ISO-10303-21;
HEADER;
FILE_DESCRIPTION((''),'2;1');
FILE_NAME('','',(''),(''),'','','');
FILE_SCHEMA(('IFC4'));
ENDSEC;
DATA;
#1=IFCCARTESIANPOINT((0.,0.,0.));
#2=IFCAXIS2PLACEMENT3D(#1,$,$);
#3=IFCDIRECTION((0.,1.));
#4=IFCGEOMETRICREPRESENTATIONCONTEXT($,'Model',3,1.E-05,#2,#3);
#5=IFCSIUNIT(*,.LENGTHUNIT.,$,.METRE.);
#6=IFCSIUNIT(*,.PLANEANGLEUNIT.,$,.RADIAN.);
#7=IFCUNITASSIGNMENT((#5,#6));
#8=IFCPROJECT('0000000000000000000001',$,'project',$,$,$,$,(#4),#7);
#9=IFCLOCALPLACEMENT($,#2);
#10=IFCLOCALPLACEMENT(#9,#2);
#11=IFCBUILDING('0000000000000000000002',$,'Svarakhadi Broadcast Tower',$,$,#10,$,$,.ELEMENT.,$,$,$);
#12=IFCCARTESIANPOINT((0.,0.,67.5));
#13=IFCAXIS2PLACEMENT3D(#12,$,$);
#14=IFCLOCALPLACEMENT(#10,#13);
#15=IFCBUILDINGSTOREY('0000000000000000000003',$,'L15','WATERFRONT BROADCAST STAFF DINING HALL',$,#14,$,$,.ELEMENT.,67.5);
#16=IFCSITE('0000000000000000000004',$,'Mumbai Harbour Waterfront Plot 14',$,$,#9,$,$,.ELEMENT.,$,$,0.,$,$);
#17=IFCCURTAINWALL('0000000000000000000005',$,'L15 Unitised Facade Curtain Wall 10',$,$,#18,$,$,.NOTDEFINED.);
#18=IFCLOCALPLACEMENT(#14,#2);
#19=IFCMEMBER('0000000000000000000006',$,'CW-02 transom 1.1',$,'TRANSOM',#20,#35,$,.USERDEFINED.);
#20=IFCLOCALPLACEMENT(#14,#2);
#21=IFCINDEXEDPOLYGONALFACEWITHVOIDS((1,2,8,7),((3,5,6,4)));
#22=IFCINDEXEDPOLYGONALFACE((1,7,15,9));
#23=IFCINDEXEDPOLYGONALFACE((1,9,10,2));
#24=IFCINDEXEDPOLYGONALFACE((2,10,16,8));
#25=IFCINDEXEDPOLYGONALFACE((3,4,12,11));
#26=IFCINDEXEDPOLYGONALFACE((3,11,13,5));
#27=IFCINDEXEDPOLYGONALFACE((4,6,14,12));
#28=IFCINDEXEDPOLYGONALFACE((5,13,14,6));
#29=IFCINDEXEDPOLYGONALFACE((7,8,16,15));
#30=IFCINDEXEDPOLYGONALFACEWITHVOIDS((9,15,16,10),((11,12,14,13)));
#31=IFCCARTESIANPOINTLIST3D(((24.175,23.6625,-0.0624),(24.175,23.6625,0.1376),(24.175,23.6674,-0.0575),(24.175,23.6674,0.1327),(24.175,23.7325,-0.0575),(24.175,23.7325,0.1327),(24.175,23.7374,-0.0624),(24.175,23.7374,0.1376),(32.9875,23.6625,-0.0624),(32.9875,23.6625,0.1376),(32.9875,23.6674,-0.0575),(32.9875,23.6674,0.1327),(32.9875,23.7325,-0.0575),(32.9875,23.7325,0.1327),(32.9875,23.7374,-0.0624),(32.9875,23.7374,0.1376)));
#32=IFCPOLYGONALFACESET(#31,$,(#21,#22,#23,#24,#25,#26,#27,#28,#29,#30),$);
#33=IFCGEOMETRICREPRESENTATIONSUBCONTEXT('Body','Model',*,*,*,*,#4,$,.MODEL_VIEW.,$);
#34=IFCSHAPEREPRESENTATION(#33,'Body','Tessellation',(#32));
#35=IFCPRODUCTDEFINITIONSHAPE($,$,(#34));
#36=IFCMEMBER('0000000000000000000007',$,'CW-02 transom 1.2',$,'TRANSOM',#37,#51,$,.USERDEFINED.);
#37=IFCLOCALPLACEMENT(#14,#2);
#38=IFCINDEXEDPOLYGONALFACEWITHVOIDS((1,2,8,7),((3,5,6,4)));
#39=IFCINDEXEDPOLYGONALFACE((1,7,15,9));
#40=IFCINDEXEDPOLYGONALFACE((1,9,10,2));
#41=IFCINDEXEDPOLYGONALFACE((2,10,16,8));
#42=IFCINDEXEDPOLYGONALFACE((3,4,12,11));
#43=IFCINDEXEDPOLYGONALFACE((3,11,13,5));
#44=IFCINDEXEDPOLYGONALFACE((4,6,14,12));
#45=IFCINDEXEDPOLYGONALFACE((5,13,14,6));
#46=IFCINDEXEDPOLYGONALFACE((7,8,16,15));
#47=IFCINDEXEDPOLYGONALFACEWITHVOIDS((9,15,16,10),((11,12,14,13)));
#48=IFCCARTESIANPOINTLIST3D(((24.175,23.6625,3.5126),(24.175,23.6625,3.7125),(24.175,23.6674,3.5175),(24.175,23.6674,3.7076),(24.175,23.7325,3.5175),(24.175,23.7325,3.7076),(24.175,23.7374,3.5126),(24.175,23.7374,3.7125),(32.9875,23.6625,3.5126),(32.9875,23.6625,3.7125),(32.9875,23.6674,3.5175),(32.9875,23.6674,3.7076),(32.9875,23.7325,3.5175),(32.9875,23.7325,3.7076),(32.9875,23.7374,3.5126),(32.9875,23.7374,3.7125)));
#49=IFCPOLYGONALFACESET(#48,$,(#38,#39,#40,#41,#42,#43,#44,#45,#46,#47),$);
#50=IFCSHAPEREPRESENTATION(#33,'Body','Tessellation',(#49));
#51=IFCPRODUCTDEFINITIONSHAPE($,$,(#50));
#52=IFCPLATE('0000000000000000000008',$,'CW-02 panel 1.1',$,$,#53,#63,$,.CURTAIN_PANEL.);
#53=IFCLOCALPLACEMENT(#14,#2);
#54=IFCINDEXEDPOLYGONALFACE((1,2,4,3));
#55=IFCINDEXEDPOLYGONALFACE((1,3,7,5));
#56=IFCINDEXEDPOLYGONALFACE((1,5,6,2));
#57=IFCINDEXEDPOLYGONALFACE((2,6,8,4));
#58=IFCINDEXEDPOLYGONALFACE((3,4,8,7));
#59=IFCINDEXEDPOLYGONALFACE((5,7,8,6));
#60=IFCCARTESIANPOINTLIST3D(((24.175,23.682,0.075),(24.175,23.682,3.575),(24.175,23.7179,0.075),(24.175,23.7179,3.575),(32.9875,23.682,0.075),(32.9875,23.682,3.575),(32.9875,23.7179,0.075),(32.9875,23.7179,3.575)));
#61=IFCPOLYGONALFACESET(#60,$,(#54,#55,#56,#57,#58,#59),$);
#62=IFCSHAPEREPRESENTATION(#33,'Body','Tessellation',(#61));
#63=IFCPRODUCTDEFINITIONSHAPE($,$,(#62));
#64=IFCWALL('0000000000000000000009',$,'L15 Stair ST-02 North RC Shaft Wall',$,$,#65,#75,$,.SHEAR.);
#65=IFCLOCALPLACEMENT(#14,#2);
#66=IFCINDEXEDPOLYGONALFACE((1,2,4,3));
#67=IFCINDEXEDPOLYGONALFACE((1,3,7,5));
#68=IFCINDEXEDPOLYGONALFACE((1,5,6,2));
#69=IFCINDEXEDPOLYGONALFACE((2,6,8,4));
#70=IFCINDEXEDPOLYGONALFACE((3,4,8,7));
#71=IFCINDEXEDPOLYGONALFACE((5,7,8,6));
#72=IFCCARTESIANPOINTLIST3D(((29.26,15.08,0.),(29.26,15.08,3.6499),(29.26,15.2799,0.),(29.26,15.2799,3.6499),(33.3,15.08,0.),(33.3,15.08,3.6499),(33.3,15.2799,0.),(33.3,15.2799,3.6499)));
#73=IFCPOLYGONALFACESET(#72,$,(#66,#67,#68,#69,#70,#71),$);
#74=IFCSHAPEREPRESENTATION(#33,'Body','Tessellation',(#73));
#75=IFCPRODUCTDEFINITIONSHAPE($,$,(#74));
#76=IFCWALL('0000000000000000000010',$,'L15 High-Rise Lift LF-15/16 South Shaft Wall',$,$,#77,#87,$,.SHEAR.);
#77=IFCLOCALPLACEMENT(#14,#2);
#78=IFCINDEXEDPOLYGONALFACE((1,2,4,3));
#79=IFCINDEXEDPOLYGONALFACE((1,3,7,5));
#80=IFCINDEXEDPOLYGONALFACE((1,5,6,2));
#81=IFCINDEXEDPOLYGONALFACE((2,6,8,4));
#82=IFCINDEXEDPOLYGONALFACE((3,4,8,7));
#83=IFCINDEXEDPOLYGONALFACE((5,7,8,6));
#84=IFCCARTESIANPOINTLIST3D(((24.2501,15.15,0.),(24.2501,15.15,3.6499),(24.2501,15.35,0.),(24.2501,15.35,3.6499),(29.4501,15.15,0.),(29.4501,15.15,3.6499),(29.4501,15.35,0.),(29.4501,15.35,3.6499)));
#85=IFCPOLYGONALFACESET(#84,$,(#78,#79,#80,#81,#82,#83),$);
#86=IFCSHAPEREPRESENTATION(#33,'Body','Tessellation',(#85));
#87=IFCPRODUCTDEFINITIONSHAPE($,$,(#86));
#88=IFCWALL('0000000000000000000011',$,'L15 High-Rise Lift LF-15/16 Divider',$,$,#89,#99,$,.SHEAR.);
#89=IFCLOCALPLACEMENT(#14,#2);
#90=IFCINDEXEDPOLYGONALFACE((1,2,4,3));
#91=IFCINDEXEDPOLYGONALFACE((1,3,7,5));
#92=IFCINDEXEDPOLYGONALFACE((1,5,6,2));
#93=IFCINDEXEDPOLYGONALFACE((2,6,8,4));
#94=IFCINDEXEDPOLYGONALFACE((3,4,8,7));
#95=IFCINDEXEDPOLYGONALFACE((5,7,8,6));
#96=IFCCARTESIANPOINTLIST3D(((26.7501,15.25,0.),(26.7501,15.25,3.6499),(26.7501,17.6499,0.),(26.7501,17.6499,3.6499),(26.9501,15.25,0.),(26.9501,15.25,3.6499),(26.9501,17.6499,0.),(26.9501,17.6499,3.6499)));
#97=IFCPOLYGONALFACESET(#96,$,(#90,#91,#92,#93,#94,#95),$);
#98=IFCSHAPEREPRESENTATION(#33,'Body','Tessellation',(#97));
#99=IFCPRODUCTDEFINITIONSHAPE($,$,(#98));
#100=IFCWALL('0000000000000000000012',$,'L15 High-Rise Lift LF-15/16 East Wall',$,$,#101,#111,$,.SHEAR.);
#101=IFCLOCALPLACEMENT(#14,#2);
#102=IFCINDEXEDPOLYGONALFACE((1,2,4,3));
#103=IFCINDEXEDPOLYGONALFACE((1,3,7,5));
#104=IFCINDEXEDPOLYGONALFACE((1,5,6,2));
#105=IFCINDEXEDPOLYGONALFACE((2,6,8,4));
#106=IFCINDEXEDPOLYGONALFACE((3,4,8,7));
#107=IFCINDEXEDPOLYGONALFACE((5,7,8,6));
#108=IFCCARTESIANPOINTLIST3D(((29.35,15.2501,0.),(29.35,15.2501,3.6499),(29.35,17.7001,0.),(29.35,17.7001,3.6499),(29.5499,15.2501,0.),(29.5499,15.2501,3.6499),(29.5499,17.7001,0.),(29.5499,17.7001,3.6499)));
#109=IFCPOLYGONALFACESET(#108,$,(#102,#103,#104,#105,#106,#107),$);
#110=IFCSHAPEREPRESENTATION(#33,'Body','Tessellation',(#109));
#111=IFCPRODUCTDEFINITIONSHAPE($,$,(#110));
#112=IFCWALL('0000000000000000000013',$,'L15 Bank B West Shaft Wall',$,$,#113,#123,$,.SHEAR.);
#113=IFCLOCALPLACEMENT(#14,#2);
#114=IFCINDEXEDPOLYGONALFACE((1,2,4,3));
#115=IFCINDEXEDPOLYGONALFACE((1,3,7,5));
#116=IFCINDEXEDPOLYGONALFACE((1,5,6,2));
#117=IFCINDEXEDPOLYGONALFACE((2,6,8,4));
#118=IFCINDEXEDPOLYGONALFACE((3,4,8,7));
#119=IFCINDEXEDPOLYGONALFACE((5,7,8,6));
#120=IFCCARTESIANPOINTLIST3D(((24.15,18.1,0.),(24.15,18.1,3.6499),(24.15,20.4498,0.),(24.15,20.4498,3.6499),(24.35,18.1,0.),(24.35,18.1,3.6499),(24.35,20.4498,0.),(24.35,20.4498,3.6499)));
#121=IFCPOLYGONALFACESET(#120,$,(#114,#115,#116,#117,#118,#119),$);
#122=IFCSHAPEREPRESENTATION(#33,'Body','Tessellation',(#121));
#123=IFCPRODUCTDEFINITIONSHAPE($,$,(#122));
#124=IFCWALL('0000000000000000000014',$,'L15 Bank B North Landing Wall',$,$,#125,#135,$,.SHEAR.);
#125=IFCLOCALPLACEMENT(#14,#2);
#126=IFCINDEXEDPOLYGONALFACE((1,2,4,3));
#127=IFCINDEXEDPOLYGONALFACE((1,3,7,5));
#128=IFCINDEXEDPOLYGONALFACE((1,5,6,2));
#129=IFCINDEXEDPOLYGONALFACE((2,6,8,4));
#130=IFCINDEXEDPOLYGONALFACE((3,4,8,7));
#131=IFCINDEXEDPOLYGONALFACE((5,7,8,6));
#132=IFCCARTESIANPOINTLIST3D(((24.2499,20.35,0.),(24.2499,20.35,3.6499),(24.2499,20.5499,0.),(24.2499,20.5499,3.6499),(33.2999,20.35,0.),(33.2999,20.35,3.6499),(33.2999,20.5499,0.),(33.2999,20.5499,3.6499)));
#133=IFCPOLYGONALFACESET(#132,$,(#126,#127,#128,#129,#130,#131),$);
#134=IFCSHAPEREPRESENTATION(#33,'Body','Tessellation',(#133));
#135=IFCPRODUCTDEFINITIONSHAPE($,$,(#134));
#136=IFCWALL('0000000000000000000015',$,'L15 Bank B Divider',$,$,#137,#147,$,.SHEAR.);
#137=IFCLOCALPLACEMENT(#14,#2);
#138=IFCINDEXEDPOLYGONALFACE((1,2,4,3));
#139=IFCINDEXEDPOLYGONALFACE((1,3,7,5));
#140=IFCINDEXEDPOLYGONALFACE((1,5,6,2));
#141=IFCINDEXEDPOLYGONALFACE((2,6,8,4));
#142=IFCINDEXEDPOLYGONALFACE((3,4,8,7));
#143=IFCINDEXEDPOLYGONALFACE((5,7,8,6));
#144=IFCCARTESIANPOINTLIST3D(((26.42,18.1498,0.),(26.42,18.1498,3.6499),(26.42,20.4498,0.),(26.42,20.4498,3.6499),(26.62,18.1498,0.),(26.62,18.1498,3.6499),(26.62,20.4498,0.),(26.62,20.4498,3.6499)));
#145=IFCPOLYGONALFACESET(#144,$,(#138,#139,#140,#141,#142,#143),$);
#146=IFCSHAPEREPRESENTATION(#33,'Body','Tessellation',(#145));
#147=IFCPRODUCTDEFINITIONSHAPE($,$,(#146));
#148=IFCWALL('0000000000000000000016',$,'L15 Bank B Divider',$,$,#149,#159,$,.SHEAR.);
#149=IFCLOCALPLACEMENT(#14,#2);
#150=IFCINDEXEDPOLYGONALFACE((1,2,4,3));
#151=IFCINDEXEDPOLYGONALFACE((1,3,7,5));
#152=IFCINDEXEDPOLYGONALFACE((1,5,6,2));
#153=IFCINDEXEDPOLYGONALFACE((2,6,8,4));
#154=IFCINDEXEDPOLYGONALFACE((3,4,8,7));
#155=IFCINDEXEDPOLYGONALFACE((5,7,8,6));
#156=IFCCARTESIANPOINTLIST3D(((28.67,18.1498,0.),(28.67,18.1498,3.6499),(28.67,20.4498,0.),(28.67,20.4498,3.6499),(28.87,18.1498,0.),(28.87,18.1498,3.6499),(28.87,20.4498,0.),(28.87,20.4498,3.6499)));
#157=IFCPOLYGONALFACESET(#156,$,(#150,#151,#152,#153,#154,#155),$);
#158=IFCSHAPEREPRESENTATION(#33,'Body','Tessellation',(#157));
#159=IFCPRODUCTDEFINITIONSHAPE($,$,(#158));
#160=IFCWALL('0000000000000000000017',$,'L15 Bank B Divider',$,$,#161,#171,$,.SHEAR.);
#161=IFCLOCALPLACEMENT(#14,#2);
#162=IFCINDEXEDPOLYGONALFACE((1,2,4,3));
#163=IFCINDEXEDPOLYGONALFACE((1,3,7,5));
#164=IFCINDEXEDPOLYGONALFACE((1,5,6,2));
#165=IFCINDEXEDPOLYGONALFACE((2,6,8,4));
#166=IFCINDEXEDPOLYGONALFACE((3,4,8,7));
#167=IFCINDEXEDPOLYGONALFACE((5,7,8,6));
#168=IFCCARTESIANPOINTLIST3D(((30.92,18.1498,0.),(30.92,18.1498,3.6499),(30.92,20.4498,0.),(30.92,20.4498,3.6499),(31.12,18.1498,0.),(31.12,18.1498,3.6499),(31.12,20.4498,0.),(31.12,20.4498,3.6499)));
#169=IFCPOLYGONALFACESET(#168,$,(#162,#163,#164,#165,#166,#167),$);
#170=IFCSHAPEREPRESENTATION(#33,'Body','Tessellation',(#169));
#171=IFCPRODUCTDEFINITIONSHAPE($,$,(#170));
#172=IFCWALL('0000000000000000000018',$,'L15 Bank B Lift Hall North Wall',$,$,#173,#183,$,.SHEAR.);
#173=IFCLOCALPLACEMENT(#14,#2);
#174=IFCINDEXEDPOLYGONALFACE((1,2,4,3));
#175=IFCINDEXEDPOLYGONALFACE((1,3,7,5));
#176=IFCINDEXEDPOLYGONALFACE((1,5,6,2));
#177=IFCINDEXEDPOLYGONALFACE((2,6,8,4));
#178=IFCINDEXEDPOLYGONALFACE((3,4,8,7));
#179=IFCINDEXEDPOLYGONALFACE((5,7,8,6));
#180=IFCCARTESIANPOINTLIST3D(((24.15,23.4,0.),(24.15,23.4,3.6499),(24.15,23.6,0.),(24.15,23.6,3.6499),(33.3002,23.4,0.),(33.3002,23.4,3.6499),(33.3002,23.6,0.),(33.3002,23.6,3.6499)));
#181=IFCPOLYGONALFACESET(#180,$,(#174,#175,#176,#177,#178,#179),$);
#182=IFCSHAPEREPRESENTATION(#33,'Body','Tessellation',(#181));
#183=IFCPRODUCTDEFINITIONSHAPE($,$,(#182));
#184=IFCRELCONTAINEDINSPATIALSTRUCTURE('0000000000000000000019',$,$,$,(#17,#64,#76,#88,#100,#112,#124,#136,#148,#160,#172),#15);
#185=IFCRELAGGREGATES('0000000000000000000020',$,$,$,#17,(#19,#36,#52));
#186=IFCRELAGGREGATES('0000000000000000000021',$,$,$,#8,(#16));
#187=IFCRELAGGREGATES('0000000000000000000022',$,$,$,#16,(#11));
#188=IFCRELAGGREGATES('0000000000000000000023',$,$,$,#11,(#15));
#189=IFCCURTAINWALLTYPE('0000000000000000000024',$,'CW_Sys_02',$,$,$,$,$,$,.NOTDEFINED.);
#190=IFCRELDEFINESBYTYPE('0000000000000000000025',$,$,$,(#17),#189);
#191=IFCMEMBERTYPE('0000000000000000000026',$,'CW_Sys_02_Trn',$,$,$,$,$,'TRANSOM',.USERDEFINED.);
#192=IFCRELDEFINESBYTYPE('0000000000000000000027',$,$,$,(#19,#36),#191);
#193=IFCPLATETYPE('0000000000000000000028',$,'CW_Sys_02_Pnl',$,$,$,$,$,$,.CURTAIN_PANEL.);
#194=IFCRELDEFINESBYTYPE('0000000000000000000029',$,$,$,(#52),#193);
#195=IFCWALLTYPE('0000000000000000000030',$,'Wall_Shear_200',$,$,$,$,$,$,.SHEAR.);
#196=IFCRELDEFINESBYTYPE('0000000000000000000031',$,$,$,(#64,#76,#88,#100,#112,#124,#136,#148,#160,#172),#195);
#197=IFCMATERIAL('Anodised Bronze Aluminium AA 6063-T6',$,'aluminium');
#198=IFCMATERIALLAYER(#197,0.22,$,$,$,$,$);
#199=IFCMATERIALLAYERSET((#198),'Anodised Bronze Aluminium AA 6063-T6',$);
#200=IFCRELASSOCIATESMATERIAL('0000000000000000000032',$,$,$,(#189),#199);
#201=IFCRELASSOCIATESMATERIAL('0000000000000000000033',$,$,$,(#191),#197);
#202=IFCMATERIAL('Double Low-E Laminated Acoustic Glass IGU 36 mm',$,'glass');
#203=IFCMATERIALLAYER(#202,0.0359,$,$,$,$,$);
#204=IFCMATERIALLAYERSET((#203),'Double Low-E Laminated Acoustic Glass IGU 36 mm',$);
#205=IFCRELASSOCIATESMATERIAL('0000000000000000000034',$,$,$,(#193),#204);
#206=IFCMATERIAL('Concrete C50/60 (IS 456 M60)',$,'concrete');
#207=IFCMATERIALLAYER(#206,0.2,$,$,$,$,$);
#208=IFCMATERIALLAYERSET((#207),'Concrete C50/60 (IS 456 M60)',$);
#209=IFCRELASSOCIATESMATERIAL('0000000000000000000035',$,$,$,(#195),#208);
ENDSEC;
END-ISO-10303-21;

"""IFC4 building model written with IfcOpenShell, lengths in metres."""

from ifc_helpers import new_model, si_unit, direction, frame, frame_2d, origin, origin_2d, place, context, subcontext, project, spatial, rectangle, hollow_rectangle, extrude, material, layer, layer_set, material_profile, profile_set, type_object, element, aggregate, save


model = new_model("IFC4")

# Units and contexts
model_context = context("Model", 3, precision=1e-05, world=origin(), true_north=direction((0.0, 1.0)))
body_context = subcontext(model_context, "Body", "Model", "MODEL_VIEW")
ifc_project = project(units=[si_unit("LENGTHUNIT", "METRE"), si_unit("PLANEANGLEUNIT", "RADIAN")], contexts=[model_context])

# Site, building, storey
site_placement = place(None, origin())
site = spatial("IfcSite", under=ifc_project, at=site_placement, Name="Mumbai Harbour Waterfront Plot 14", CompositionType="ELEMENT", RefElevation=0.0)
building_placement = place(site_placement, origin())
building = spatial("IfcBuilding", under=site, at=building_placement, Name="Svarakhadi Broadcast Tower", CompositionType="ELEMENT")
storey_placement = place(building_placement, frame((0.0, 0.0, 67.5)))
storey = spatial("IfcBuildingStorey", under=building, at=storey_placement, Name="L15", Description="WATERFRONT BROADCAST STAFF DINING HALL", CompositionType="ELEMENT", Elevation=67.5)

# Curtain wall, members, plate
ifc_material_1 = material(Name="Anodised Bronze Aluminium AA 6063-T6", Category="aluminium")
ifc_layer_1 = layer(ifc_material_1, 0.22)
ifc_layer_set_1 = layer_set([ifc_layer_1], Name="Anodised Bronze Aluminium AA 6063-T6")
curtain_wall_type = type_object("IfcCurtainWallType", Name="CW_Sys_02", PredefinedType="NOTDEFINED", material=ifc_layer_set_1)
curtain_wall_placement = place(storey_placement, origin())
curtain_wall = element("IfcCurtainWall", 1, at=curtain_wall_placement, inside=storey, type_object=curtain_wall_type, Name="L15 Unitised Facade Curtain Wall 10", PredefinedType="NOTDEFINED")
ifc_material_profile = material_profile(ifc_material_1, hollow_rectangle(XDim=0.075, YDim=0.2, WallThickness=0.0049, at=origin_2d()), Name="ALU TRANSOM 200x75x5")
ifc_profile_set = profile_set([ifc_material_profile], Name="Anodised Bronze Aluminium AA 6063-T6")
member_type = type_object("IfcMemberType", Name="CW_Sys_02_Trn", ElementType="TRANSOM", PredefinedType="USERDEFINED", material=ifc_profile_set)
member_1_placement = place(storey_placement, frame((24.175, 23.7, 0.0376), z_axis=(1.0, 0.0, 0.0), x_axis=(0.0, 1.0, 0.0)))
member_1 = element("IfcMember", 2, at=member_1_placement, type_object=member_type, Name="CW-02 transom 1.1", ObjectType="TRANSOM", PredefinedType="USERDEFINED", context=body_context, shape_type="SweptSolid", body=[
    extrude(hollow_rectangle(XDim=0.075, YDim=0.2, WallThickness=0.0049, at=origin_2d()), origin(), (0.0, 0.0, 1.0), 8.8125),
])
member_2_placement = place(storey_placement, frame((24.175, 23.7, 3.6125), z_axis=(1.0, 0.0, 0.0), x_axis=(0.0, 1.0, 0.0)))
member_2 = element("IfcMember", 3, at=member_2_placement, type_object=member_type, Name="CW-02 transom 1.2", ObjectType="TRANSOM", PredefinedType="USERDEFINED", context=body_context, shape_type="SweptSolid", body=[
    extrude(hollow_rectangle(XDim=0.075, YDim=0.2, WallThickness=0.0049, at=origin_2d()), origin(), (0.0, 0.0, 1.0), 8.8125),
])
ifc_material_2 = material(Name="Double Low-E Laminated Acoustic Glass IGU 36 mm", Category="glass")
ifc_layer_2 = layer(ifc_material_2, 0.0359)
ifc_layer_set_2 = layer_set([ifc_layer_2], Name="Double Low-E Laminated Acoustic Glass IGU 36 mm")
plate_type = type_object("IfcPlateType", Name="CW_Sys_02_Pnl", PredefinedType="CURTAIN_PANEL", material=ifc_layer_set_2)
plate_placement = place(storey_placement, frame((28.5813, 23.7, 0.075), z_axis=(0.0, 0.0, 1.0), x_axis=(1.0, 0.0, 0.0)))
plate = element("IfcPlate", 4, at=plate_placement, type_object=plate_type, Name="CW-02 panel 1.1", PredefinedType="CURTAIN_PANEL", context=body_context, shape_type="SweptSolid", body=[
    extrude(rectangle(XDim=8.8125, YDim=0.0359, at=origin_2d()), origin(), (0.0, 0.0, 1.0), 3.5),
])
aggregate(curtain_wall, [member_1, member_2, plate])

# Wall
ifc_material_3 = material(Name="Concrete C50/60 (IS 456 M60)", Category="concrete")
ifc_layer_3 = layer(ifc_material_3, 0.2)
ifc_layer_set_3 = layer_set([ifc_layer_3], Name="Concrete C50/60 (IS 456 M60)")
wall_type_1 = type_object("IfcWallType", Name="Wall_Shear_200", PredefinedType="SHEAR", material=ifc_layer_set_3)
wall_1_placement = place(storey_placement, frame((29.26, 15.1799, 0.0), z_axis=(0.0, 0.0, 1.0), x_axis=(1.0, 0.0, 0.0)))
element("IfcWall", 5, at=wall_1_placement, inside=storey, type_object=wall_type_1, Name="L15 Stair ST-02 North RC Shaft Wall", PredefinedType="SHEAR", context=body_context, shape_type="SweptSolid", body=[
    extrude(rectangle(XDim=4.04, YDim=0.2, at=frame_2d((2.02, 0.0))), origin(), (0.0, 0.0, 1.0), 3.6499),
])

# Walls
wall_2_placement = place(storey_placement, frame((24.25, 15.25, 0.0), z_axis=(0.0, 0.0, 1.0), x_axis=(1.0, 0.0, 0.0)))
element("IfcWall", 6, at=wall_2_placement, inside=storey, type_object=wall_type_1, Name="L15 High-Rise Lift LF-15/16 South Shaft Wall", PredefinedType="SHEAR", context=body_context, shape_type="SweptSolid", body=[
    extrude(rectangle(XDim=5.2, YDim=0.2, at=frame_2d((2.6001, 0.0))), origin(), (0.0, 0.0, 1.0), 3.6499),
])
wall_3_placement = place(storey_placement, frame((26.8501, 15.25, 0.0), z_axis=(0.0, 0.0, 1.0), x_axis=(0.0, 1.0, 0.0)))
element("IfcWall", 7, at=wall_3_placement, inside=storey, type_object=wall_type_1, Name="L15 High-Rise Lift LF-15/16 Divider", PredefinedType="SHEAR", context=body_context, shape_type="SweptSolid", body=[
    extrude(rectangle(XDim=2.3999, YDim=0.2, at=frame_2d((1.2, 0.0))), origin(), (0.0, 0.0, 1.0), 3.6499),
])
wall_4_placement = place(storey_placement, frame((29.45, 15.25, 0.0), z_axis=(0.0, 0.0, 1.0), x_axis=(0.0, 1.0, 0.0)))
element("IfcWall", 8, at=wall_4_placement, inside=storey, type_object=wall_type_1, Name="L15 High-Rise Lift LF-15/16 East Wall", PredefinedType="SHEAR", context=body_context, shape_type="SweptSolid", body=[
    extrude(rectangle(XDim=2.45, YDim=0.2, at=frame_2d((1.2251, 0.0))), origin(), (0.0, 0.0, 1.0), 3.6499),
])
wall_5_placement = place(storey_placement, frame((24.25, 18.1001, 0.0), z_axis=(0.0, 0.0, 1.0), x_axis=(0.0, 1.0, 0.0)))
element("IfcWall", 9, at=wall_5_placement, inside=storey, type_object=wall_type_1, Name="L15 Bank B West Shaft Wall", PredefinedType="SHEAR", context=body_context, shape_type="SweptSolid", body=[
    extrude(rectangle(XDim=2.3499, YDim=0.2, at=frame_2d((1.1748, 0.0))), origin(), (0.0, 0.0, 1.0), 3.6499),
])
wall_6_placement = place(storey_placement, frame((24.25, 20.45, 0.0), z_axis=(0.0, 0.0, 1.0), x_axis=(1.0, 0.0, 0.0)))
element("IfcWall", 10, at=wall_6_placement, inside=storey, type_object=wall_type_1, Name="L15 Bank B North Landing Wall", PredefinedType="SHEAR", context=body_context, shape_type="SweptSolid", body=[
    extrude(rectangle(XDim=9.05, YDim=0.2, at=frame_2d((4.5249, 0.0))), origin(), (0.0, 0.0, 1.0), 3.6499),
])
for number, where, z_axis, x_axis, name in (
    (11, (26.52, 18.1499, 0.0), (0.0, 0.0, 1.0), (0.0, 1.0, 0.0), "L15 Bank B Divider"),
    (12, (28.77, 18.1499, 0.0), (0.0, 0.0, 1.0), (0.0, 1.0, 0.0), "L15 Bank B Divider"),
    (13, (31.02, 18.1499, 0.0), (0.0, 0.0, 1.0), (0.0, 1.0, 0.0), "L15 Bank B Divider"),
):
    element("IfcWall", number, at=place(storey_placement, frame(where, z_axis=z_axis, x_axis=x_axis)), inside=storey, type_object=wall_type_1, Name=name, PredefinedType="SHEAR", context=body_context, shape_type="SweptSolid", body=[
        extrude(rectangle(XDim=2.3, YDim=0.2, at=frame_2d((1.1499, 0.0))), origin(), (0.0, 0.0, 1.0), 3.6499),
    ])
wall_7_placement = place(storey_placement, frame((24.1499, 23.5, 0.0), z_axis=(0.0, 0.0, 1.0), x_axis=(1.0, 0.0, 0.0)))
element("IfcWall", 14, at=wall_7_placement, inside=storey, type_object=wall_type_1, Name="L15 Bank B Lift Hall North Wall", PredefinedType="SHEAR", context=body_context, shape_type="SweptSolid", body=[
    extrude(rectangle(XDim=9.1501, YDim=0.2, at=frame_2d((4.5752, 0.0))), origin(), (0.0, 0.0, 1.0), 3.6499),
])

save(model, "model.ifc")
